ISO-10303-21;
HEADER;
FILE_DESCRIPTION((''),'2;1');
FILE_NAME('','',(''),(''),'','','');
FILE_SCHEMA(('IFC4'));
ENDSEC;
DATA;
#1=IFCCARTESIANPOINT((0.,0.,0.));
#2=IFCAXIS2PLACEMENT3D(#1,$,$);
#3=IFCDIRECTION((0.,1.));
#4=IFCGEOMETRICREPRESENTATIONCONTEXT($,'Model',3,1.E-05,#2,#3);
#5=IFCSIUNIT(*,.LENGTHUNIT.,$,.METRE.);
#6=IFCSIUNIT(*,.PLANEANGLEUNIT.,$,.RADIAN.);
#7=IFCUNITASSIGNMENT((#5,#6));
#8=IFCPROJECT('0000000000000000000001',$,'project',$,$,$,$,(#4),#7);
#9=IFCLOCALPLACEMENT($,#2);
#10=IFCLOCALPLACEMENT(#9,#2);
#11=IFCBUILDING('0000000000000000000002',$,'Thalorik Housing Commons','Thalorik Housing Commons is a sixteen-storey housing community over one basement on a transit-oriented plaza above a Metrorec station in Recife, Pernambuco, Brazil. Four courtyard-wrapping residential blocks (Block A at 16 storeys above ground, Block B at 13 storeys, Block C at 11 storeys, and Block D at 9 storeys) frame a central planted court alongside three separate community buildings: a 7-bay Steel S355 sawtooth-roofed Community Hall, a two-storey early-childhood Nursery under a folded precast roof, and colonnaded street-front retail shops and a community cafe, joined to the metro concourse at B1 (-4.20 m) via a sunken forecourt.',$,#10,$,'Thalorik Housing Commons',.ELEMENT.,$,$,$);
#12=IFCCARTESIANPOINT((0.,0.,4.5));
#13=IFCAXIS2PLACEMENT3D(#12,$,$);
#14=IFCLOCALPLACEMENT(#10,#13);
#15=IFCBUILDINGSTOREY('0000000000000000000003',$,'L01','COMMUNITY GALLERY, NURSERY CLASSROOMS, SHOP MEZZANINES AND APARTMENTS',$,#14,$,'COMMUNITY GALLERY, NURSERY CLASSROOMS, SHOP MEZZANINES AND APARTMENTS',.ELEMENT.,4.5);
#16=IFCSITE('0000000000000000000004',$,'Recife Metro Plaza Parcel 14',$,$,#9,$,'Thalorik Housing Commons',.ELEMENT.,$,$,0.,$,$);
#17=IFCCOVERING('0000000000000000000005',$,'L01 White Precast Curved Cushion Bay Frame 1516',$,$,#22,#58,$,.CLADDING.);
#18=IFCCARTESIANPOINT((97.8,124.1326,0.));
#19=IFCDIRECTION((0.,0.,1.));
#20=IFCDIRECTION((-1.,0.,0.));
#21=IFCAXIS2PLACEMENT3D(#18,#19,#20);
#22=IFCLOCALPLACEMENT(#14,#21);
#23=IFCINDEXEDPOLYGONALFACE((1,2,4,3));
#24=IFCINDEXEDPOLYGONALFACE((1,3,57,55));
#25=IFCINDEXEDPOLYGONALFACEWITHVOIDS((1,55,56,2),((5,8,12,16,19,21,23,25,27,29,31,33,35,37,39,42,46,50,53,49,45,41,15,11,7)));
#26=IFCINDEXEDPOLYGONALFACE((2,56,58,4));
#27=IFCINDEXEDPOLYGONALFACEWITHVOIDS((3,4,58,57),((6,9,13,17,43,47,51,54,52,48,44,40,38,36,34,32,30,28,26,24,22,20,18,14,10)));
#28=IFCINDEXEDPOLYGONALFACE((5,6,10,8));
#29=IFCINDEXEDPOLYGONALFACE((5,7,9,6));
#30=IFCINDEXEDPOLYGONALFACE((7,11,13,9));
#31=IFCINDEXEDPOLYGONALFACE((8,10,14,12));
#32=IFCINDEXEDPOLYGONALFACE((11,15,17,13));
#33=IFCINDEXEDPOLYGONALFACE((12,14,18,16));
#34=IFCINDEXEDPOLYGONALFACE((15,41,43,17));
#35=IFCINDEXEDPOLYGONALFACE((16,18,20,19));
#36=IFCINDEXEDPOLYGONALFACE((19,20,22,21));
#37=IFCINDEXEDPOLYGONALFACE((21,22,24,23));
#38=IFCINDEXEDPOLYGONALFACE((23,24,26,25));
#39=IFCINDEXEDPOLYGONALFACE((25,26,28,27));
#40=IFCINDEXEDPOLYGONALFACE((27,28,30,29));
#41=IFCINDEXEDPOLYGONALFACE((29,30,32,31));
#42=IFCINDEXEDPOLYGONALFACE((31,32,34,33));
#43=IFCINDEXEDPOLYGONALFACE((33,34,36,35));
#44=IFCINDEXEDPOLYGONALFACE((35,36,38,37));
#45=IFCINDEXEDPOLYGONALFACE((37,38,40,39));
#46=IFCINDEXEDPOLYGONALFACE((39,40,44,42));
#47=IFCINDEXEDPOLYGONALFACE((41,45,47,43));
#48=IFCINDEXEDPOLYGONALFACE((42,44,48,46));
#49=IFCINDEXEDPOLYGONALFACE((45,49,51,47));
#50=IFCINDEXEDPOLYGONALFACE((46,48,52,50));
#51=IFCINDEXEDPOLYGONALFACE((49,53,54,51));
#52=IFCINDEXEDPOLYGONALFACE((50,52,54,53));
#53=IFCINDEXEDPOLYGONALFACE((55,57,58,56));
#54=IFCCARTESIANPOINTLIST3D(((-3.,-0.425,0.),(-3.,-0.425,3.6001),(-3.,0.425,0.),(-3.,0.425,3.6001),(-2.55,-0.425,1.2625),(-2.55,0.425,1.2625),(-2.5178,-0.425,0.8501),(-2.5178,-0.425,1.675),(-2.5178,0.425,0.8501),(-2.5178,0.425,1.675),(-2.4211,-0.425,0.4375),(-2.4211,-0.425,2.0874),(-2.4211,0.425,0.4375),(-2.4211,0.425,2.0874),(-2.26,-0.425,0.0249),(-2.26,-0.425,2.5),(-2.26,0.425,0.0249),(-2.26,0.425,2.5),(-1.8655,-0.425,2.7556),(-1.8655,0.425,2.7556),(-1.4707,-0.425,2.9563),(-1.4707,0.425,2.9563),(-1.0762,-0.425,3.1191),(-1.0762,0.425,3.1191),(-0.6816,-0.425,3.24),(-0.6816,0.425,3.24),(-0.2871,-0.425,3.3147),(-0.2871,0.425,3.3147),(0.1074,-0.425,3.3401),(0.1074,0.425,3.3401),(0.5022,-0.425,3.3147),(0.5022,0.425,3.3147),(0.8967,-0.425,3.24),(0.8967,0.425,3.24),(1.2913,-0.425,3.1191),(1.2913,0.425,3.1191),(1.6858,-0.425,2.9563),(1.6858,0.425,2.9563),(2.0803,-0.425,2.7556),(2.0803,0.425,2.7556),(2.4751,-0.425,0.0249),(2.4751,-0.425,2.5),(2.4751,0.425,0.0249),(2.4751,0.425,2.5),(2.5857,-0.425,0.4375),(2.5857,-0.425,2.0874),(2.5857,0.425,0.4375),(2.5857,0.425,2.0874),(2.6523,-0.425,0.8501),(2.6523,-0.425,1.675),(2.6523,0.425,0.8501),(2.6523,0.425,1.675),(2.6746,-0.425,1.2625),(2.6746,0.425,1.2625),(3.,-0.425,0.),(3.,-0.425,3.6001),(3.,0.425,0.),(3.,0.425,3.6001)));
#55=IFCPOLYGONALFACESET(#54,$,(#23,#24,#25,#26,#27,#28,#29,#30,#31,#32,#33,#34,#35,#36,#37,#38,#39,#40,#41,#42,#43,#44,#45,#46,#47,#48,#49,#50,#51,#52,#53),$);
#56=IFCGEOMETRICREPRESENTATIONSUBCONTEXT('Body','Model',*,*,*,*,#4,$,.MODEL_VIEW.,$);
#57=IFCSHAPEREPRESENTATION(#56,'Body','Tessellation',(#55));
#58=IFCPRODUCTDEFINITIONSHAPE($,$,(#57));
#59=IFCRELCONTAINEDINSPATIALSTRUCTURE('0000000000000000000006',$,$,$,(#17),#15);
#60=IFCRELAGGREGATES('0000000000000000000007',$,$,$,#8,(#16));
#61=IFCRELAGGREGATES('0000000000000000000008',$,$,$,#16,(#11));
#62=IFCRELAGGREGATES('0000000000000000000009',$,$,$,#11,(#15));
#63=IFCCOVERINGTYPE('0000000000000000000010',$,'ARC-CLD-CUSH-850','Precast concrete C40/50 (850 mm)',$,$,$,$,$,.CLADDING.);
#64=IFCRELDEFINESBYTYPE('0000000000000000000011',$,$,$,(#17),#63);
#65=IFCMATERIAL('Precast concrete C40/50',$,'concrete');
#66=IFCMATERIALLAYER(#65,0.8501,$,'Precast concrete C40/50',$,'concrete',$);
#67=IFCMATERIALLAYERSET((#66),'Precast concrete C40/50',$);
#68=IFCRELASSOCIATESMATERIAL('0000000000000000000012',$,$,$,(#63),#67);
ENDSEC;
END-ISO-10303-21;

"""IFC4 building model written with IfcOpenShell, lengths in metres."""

from ifc_helpers import new_model, si_unit, direction, frame, origin, place, context, subcontext, project, spatial, polyline, outline, extrude, material, layer, layer_set, type_object, element, save


model = new_model("IFC4")

# Units and contexts
model_context = context("Model", 3, precision=1e-05, world=origin(), true_north=direction((0.0, 1.0)))
body_context = subcontext(model_context, "Body", "Model", "MODEL_VIEW")
ifc_project = project(units=[si_unit("LENGTHUNIT", "METRE"), si_unit("PLANEANGLEUNIT", "RADIAN")], contexts=[model_context])

# Site, building, storey
site_placement = place(None, origin())
site = spatial("IfcSite", under=ifc_project, at=site_placement, Name="Recife Metro Plaza Parcel 14", LongName="Thalorik Housing Commons", CompositionType="ELEMENT", RefElevation=0.0)
building_placement = place(site_placement, origin())
building = spatial("IfcBuilding", under=site, at=building_placement, Name="Thalorik Housing Commons", Description="Thalorik Housing Commons is a sixteen-storey housing community over one basement on a transit-oriented plaza above a Metrorec station in Recife, Pernambuco, Brazil. Four courtyard-wrapping residential blocks (Block A at 16 storeys above ground, Block B at 13 storeys, Block C at 11 storeys, and Block D at 9 storeys) frame a central planted court alongside three separate community buildings: a 7-bay Steel S355 sawtooth-roofed Community Hall, a two-storey early-childhood Nursery under a folded precast roof, and colonnaded street-front retail shops and a community cafe, joined to the metro concourse at B1 (-4.20 m) via a sunken forecourt.", LongName="Thalorik Housing Commons", CompositionType="ELEMENT")
storey_placement = place(building_placement, frame((0.0, 0.0, 4.5)))
storey = spatial("IfcBuildingStorey", under=building, at=storey_placement, Name="L01", Description="COMMUNITY GALLERY, NURSERY CLASSROOMS, SHOP MEZZANINES AND APARTMENTS", LongName="COMMUNITY GALLERY, NURSERY CLASSROOMS, SHOP MEZZANINES AND APARTMENTS", CompositionType="ELEMENT", Elevation=4.5)

# Shared definitions
ifc_material_1 = material(Name="Precast concrete C40/50", Category="concrete")

# Covering
ifc_layer_1 = layer(ifc_material_1, 0.8501, Name="Precast concrete C40/50", Category="concrete")
ifc_layer_set_1 = layer_set([ifc_layer_1], Name="Precast concrete C40/50")
covering_type_1 = type_object("IfcCoveringType", Name="ARC-CLD-CUSH-850", Description="Precast concrete C40/50 (850 mm)", PredefinedType="CLADDING", material=ifc_layer_set_1)
covering_1_placement = place(storey_placement, frame((97.8, 124.1326, 0.0), z_axis=(0.0, 0.0, 1.0), x_axis=(-1.0, 0.0, 0.0)))
element("IfcCovering", 1, at=covering_1_placement, inside=storey, type_object=covering_type_1, Name="L01 White Precast Curved Cushion Bay Frame 1516", PredefinedType="CLADDING", context=body_context, shape_type="SweptSolid", body=[
    extrude(outline(polyline([(-3.0, 0.0), (3.0, 0.0), (3.0, 3.6001), (-3.0, 3.6001), (-3.0, 0.0)]), holes=[polyline([(2.4751, 0.0249), (2.5857, 0.4375), (2.6523, 0.8501), (2.6746, 1.2625), (2.6523, 1.675), (2.5857, 2.0874), (2.4751, 2.5), (2.0803, 2.7556), (1.6858, 2.9563), (1.2913, 3.1191), (0.8967, 3.24), (0.5022, 3.3147), (0.1074, 3.3401), (-0.2871, 3.3147), (-0.6816, 3.24), (-1.0762, 3.1191), (-1.4707, 2.9563), (-1.8655, 2.7556), (-2.26, 2.5), (-2.4211, 2.0874), (-2.5178, 1.675), (-2.55, 1.2625), (-2.5178, 0.8501), (-2.4211, 0.4375), (-2.26, 0.0249), (2.4751, 0.0249)])]), frame((0.0, 0.425, 0.0), z_axis=(0.0, -1.0, 0.0), x_axis=(1.0, 0.0, 0.0)), (0.0, 0.0, 1.0), 0.8501),
])

save(model, "model.ifc")
